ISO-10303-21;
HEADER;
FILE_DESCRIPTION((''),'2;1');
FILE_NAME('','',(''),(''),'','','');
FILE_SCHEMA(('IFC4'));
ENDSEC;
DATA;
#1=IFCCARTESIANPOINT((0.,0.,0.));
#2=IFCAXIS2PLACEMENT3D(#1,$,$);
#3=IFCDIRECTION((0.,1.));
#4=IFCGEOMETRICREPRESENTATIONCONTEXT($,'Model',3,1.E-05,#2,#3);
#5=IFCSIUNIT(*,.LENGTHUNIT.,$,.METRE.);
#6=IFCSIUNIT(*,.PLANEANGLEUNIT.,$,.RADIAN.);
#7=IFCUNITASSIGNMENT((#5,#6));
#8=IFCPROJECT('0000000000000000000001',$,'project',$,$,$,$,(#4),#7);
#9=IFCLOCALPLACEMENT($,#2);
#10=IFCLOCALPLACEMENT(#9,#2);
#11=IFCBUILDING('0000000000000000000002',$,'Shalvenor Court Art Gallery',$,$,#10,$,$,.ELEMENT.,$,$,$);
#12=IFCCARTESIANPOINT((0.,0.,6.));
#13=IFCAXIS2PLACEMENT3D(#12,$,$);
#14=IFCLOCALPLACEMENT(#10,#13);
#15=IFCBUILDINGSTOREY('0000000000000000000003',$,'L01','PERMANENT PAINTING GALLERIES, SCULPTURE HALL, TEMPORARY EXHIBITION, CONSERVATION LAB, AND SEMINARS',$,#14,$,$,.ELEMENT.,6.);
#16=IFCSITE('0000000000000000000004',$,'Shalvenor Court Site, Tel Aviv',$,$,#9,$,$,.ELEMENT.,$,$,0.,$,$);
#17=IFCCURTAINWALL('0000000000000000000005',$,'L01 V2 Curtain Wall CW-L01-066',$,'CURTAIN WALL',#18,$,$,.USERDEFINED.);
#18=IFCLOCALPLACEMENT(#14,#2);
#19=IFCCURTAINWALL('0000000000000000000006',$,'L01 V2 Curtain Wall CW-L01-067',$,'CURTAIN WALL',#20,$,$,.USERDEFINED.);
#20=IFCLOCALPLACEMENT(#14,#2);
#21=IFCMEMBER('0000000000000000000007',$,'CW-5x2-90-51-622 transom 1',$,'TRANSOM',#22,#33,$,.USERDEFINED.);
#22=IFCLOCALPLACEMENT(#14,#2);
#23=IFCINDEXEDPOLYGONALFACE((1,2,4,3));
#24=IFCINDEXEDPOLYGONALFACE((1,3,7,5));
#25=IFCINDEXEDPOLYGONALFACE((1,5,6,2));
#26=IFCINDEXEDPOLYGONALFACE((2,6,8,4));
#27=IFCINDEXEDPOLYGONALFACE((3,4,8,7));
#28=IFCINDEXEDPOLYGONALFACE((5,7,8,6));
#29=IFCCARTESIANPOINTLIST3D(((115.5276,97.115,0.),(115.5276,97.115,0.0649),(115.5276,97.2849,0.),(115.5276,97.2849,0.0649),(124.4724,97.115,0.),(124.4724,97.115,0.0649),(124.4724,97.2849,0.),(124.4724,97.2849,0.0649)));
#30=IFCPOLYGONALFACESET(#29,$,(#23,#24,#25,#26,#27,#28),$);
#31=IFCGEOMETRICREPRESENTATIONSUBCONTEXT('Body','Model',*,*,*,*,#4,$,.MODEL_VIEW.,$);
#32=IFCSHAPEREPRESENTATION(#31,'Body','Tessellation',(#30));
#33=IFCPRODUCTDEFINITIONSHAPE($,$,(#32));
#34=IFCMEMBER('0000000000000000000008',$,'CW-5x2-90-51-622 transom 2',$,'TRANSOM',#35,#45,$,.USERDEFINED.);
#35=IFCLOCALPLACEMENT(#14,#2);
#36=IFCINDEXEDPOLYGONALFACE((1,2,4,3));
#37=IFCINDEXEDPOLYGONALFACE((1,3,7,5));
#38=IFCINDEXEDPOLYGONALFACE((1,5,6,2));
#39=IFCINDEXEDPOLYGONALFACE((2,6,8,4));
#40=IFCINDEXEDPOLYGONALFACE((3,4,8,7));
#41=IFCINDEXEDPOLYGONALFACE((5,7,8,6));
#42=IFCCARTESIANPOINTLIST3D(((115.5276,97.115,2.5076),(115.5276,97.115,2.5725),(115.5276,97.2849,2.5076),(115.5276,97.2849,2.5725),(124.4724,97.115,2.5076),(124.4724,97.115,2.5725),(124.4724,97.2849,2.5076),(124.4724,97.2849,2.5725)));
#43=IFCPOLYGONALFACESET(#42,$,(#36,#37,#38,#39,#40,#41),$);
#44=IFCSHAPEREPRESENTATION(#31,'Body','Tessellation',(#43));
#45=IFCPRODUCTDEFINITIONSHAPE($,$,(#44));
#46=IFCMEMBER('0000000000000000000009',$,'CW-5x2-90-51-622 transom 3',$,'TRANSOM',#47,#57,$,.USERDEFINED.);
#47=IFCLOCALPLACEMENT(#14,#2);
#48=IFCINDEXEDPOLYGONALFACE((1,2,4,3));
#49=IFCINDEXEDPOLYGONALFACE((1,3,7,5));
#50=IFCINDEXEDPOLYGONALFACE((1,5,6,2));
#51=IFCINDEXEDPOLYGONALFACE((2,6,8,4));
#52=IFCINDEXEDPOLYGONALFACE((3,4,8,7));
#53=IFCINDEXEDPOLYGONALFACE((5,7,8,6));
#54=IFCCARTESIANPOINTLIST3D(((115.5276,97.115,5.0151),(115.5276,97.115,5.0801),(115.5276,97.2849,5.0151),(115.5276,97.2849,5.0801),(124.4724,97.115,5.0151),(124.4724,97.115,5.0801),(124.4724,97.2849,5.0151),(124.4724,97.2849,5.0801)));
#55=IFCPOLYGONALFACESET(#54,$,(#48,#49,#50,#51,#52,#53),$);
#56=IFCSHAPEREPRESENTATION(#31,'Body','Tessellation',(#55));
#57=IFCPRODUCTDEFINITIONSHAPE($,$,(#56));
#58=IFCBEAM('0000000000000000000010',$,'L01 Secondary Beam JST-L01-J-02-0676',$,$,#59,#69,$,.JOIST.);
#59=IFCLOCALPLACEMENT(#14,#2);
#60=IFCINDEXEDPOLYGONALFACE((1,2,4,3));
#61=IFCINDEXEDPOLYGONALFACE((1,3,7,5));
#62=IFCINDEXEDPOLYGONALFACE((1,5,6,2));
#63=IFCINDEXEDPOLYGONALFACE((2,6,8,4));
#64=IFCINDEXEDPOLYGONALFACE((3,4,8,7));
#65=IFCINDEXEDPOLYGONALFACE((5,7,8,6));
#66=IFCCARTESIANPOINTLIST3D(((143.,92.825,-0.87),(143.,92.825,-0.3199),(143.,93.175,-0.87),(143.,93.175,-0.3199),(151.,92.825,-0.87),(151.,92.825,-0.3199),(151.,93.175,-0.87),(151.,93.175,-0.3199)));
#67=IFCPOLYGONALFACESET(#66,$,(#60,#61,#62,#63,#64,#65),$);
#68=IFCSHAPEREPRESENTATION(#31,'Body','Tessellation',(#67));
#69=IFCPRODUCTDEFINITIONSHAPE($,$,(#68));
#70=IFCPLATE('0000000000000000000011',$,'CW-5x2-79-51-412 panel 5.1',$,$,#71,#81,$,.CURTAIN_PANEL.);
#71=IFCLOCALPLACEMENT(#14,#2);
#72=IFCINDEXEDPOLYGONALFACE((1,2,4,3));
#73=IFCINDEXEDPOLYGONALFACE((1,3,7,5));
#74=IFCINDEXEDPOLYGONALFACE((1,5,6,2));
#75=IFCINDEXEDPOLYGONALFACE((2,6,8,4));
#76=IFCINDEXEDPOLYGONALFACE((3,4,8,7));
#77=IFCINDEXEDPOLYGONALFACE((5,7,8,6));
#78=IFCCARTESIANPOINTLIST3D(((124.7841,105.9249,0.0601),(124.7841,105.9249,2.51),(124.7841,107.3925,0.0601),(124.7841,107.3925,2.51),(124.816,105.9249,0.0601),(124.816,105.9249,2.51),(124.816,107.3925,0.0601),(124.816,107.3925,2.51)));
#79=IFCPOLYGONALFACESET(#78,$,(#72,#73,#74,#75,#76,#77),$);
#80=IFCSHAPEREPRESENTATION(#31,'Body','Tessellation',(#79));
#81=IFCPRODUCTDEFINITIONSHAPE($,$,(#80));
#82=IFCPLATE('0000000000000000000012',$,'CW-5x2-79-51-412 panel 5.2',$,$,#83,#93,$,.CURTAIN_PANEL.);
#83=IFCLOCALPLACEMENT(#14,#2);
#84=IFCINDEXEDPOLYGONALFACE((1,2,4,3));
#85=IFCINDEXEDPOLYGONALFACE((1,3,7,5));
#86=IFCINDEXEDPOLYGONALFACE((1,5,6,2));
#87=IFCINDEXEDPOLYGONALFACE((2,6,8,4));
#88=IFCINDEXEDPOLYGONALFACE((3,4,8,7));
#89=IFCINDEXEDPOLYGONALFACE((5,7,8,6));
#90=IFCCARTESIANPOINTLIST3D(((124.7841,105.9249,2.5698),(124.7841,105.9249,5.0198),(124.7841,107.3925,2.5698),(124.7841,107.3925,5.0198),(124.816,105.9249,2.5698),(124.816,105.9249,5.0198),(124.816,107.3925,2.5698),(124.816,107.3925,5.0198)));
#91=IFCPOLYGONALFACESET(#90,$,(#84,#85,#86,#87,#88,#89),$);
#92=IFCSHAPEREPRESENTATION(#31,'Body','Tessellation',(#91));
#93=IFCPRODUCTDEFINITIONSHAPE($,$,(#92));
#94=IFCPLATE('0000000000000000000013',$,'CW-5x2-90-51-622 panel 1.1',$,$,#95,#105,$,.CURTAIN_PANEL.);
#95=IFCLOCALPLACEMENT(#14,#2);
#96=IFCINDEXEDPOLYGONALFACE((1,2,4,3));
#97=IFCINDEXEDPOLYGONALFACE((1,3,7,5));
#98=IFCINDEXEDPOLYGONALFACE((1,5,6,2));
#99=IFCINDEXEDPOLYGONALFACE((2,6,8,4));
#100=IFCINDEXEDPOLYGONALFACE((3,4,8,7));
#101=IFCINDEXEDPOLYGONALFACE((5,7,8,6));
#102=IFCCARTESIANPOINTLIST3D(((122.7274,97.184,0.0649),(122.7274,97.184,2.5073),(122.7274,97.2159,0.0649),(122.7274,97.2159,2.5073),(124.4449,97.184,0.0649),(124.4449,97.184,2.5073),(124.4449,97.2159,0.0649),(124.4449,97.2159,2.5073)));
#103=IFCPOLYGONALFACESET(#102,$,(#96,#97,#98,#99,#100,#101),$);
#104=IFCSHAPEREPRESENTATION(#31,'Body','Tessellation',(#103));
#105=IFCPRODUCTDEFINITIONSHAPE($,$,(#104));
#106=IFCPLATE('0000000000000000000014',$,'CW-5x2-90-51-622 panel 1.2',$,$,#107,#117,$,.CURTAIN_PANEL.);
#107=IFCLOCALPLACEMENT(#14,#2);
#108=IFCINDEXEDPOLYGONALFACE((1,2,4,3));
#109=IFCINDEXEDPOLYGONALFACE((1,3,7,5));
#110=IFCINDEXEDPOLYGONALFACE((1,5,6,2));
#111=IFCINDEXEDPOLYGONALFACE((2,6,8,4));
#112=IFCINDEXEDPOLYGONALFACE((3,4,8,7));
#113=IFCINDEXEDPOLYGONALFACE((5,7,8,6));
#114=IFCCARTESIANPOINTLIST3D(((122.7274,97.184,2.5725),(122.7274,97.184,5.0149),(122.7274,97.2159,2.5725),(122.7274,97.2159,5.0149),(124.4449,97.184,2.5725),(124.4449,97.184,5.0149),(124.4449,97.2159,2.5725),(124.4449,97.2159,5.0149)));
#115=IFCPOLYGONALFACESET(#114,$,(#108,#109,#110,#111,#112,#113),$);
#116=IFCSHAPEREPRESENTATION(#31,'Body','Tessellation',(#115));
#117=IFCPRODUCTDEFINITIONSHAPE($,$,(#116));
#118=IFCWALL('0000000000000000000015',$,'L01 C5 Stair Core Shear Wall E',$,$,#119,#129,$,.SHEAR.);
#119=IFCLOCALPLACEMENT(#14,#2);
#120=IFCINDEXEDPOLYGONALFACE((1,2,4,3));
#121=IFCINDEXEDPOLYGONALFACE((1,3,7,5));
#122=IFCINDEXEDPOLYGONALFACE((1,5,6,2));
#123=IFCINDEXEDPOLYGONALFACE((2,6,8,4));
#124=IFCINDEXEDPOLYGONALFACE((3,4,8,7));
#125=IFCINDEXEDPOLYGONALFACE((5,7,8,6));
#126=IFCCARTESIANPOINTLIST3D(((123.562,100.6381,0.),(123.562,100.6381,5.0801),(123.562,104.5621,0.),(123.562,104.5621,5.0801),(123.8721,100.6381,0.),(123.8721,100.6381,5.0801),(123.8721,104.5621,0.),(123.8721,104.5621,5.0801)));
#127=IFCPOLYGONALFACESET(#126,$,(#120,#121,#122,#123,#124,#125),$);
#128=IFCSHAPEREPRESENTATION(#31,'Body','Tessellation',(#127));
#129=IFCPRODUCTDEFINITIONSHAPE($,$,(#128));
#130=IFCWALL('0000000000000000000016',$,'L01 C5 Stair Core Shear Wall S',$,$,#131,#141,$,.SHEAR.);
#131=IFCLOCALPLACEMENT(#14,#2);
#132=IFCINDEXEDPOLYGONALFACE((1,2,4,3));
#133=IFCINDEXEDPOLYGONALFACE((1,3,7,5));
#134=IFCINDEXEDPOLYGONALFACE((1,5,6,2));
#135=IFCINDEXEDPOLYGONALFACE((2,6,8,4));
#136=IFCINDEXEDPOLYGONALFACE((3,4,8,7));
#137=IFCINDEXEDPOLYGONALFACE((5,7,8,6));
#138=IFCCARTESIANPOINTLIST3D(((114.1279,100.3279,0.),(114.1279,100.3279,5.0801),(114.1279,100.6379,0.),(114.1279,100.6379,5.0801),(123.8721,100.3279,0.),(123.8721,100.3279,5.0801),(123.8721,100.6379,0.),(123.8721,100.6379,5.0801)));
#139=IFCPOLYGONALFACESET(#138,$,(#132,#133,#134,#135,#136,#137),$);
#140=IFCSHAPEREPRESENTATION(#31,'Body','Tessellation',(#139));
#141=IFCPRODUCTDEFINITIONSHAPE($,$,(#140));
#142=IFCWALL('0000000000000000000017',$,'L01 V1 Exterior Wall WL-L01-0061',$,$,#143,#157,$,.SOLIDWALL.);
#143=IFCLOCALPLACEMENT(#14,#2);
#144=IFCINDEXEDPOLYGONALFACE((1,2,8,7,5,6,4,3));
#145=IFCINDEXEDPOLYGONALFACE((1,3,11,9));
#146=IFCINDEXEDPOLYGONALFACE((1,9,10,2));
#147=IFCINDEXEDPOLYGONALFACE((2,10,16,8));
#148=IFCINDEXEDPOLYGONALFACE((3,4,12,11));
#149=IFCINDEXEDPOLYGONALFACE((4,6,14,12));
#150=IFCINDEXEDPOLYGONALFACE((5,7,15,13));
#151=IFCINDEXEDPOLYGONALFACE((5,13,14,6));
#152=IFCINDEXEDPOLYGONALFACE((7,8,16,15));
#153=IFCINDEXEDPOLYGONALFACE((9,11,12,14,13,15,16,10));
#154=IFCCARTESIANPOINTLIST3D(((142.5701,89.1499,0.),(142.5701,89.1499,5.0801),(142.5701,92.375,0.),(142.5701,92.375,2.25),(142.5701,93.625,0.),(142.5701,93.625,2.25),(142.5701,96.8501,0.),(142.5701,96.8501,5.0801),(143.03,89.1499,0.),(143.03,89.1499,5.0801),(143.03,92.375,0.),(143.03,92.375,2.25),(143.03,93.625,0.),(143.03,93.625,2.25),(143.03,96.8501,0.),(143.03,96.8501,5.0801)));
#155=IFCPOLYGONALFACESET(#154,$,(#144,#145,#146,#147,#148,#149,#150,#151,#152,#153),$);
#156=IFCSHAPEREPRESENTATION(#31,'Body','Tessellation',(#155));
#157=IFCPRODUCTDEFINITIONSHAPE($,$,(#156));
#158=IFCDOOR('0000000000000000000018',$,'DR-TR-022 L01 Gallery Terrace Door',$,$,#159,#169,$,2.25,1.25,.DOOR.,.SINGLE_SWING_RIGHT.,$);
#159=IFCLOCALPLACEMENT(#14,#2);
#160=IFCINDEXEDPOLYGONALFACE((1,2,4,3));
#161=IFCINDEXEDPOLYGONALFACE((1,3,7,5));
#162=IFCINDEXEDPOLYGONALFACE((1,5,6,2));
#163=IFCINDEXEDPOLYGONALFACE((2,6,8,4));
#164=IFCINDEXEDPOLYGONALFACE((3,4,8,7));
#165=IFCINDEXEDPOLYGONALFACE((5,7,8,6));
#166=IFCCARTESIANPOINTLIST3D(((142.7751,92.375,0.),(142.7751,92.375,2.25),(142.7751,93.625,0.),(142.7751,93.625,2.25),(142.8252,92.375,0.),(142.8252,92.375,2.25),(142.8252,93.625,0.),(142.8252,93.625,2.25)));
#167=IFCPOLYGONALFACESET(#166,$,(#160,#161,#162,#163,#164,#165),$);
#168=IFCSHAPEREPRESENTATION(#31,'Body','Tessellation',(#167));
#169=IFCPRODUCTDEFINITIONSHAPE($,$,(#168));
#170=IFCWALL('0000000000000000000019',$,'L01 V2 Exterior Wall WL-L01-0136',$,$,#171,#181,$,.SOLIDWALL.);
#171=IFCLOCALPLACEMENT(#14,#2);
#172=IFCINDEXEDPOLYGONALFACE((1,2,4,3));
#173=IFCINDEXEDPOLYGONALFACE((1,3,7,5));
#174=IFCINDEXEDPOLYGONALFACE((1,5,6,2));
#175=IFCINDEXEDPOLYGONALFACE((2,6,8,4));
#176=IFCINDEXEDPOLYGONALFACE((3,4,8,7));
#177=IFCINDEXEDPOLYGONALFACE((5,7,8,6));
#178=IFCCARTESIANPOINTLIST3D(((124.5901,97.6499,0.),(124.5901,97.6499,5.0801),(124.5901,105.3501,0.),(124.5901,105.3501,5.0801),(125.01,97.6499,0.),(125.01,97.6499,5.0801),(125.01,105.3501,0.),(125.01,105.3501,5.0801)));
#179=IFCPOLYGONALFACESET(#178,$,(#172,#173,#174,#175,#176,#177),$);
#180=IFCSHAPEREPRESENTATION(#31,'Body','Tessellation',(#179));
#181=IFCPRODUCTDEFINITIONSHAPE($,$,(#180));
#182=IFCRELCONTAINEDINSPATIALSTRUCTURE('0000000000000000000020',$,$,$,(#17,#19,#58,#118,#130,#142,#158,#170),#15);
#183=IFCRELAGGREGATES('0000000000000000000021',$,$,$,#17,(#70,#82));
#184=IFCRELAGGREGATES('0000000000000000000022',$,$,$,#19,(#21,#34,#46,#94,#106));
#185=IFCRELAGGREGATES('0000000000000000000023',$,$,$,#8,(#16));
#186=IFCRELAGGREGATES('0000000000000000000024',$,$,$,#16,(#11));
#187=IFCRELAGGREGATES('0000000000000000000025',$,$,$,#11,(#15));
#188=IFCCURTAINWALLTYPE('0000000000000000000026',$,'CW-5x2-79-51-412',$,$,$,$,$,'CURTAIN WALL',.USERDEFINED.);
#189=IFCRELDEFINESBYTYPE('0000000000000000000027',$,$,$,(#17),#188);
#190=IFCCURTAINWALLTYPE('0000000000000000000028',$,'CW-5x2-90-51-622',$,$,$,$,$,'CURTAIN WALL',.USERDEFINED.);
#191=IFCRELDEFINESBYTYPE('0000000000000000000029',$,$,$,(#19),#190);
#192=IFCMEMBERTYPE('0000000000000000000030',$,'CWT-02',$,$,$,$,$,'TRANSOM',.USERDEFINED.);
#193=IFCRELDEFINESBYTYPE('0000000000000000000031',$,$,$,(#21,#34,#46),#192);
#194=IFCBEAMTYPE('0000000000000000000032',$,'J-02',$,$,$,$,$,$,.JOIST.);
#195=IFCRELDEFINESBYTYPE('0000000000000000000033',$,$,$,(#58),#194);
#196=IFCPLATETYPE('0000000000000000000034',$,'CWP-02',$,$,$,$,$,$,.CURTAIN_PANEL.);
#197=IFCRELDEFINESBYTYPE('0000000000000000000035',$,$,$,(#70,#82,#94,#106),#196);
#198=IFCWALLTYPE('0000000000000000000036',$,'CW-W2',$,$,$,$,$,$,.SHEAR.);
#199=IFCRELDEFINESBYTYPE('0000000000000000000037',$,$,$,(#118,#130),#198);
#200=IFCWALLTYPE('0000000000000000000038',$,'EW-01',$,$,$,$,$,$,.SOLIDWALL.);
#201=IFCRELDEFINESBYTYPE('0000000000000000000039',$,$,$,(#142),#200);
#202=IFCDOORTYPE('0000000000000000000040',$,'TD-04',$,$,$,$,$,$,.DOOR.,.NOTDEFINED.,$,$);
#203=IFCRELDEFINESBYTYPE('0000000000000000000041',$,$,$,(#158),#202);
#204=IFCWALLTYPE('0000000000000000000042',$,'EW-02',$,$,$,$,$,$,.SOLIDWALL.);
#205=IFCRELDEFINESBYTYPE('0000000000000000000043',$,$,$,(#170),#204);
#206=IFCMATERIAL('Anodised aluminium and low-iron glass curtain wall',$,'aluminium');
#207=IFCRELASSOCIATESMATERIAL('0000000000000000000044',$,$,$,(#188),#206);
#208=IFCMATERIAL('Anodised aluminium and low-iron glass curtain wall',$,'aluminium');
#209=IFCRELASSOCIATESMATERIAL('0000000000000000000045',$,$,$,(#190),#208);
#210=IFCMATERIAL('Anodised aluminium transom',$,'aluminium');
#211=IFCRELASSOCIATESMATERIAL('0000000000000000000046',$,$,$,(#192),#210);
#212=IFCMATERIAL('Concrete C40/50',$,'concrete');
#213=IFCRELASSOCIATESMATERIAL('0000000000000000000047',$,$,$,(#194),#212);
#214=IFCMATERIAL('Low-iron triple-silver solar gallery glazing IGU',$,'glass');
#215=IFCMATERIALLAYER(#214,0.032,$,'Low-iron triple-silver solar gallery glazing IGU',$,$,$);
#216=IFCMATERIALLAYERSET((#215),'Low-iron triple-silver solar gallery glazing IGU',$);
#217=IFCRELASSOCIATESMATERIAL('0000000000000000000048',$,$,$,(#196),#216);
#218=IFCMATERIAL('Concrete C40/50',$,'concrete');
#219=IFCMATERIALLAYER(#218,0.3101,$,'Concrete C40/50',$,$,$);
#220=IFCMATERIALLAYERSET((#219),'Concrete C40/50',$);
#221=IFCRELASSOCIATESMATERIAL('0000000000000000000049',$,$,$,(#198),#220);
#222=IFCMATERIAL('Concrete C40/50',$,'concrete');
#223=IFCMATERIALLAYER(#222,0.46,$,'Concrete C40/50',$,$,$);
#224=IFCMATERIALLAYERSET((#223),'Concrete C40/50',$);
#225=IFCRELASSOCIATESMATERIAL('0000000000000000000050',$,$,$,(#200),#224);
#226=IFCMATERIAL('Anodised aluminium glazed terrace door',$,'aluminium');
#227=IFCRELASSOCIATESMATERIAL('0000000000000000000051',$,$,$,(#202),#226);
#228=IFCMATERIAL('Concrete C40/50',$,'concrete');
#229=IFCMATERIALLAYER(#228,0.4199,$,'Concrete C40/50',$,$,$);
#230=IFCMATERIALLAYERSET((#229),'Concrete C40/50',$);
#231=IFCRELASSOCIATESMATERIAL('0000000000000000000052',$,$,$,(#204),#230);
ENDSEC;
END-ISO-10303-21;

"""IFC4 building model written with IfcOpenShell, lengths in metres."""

from ifc_helpers import new_model, si_unit, direction, frame, frame_2d, origin, origin_2d, place, context, subcontext, project, spatial, rectangle, extrude, material, layer, layer_set, material_profile, profile_set, type_object, element, fill, aggregate, save


model = new_model("IFC4")

# Units and contexts
model_context = context("Model", 3, precision=1e-05, world=origin(), true_north=direction((0.0, 1.0)))
body_context = subcontext(model_context, "Body", "Model", "MODEL_VIEW")
ifc_project = project(units=[si_unit("LENGTHUNIT", "METRE"), si_unit("PLANEANGLEUNIT", "RADIAN")], contexts=[model_context])

# Site, building, storey
site_placement = place(None, origin())
site = spatial("IfcSite", under=ifc_project, at=site_placement, Name="Shalvenor Court Site, Tel Aviv", CompositionType="ELEMENT", RefElevation=0.0)
building_placement = place(site_placement, origin())
building = spatial("IfcBuilding", under=site, at=building_placement, Name="Shalvenor Court Art Gallery", CompositionType="ELEMENT")
storey_placement = place(building_placement, frame((0.0, 0.0, 6.0)))
storey = spatial("IfcBuildingStorey", under=building, at=storey_placement, Name="L01", Description="PERMANENT PAINTING GALLERIES, SCULPTURE HALL, TEMPORARY EXHIBITION, CONSERVATION LAB, AND SEMINARS", CompositionType="ELEMENT", Elevation=6.0)

# Curtain wall
ifc_material_1 = material(Name="Anodised aluminium and low-iron glass curtain wall", Category="aluminium")
curtain_wall_type_1 = type_object("IfcCurtainWallType", Name="CW-5x2-79-51-412", ElementType="CURTAIN WALL", PredefinedType="USERDEFINED", material=ifc_material_1)
curtain_wall_1_placement = place(storey_placement, origin())
curtain_wall_1 = element("IfcCurtainWall", 1, at=curtain_wall_1_placement, inside=storey, type_object=curtain_wall_type_1, Name="L01 V2 Curtain Wall CW-L01-066", ObjectType="CURTAIN WALL", PredefinedType="USERDEFINED")

# Curtain wall
ifc_material_2 = material(Name="Anodised aluminium and low-iron glass curtain wall", Category="aluminium")
curtain_wall_type_2 = type_object("IfcCurtainWallType", Name="CW-5x2-90-51-622", ElementType="CURTAIN WALL", PredefinedType="USERDEFINED", material=ifc_material_2)
curtain_wall_2_placement = place(storey_placement, origin())
curtain_wall_2 = element("IfcCurtainWall", 2, at=curtain_wall_2_placement, inside=storey, type_object=curtain_wall_type_2, Name="L01 V2 Curtain Wall CW-L01-067", ObjectType="CURTAIN WALL", PredefinedType="USERDEFINED")

# Members
ifc_material_3 = material(Name="Anodised aluminium transom", Category="aluminium")
ifc_material_profile_1 = material_profile(ifc_material_3, rectangle(XDim=0.1699, YDim=0.0649, at=origin_2d()), Name="CWT-02")
ifc_profile_set_1 = profile_set([ifc_material_profile_1], Name="Anodised aluminium transom")
member_type_1 = type_object("IfcMemberType", Name="CWT-02", ElementType="TRANSOM", PredefinedType="USERDEFINED", material=ifc_profile_set_1)
member_1_placement = place(storey_placement, frame((124.4724, 97.2, 0.0325), z_axis=(-1.0, 0.0, 0.0), x_axis=(0.0, -1.0, 0.0)))
member_1 = element("IfcMember", 3, at=member_1_placement, type_object=member_type_1, Name="CW-5x2-90-51-622 transom 1", ObjectType="TRANSOM", PredefinedType="USERDEFINED", context=body_context, shape_type="SweptSolid", body=[
    extrude(rectangle(XDim=0.1699, YDim=0.0649, at=origin_2d()), origin(), (0.0, 0.0, 1.0), 8.9448),
])
member_2_placement = place(storey_placement, frame((124.4724, 97.2, 2.54), z_axis=(-1.0, 0.0, 0.0), x_axis=(0.0, -1.0, 0.0)))
member_2 = element("IfcMember", 4, at=member_2_placement, type_object=member_type_1, Name="CW-5x2-90-51-622 transom 2", ObjectType="TRANSOM", PredefinedType="USERDEFINED", context=body_context, shape_type="SweptSolid", body=[
    extrude(rectangle(XDim=0.1699, YDim=0.0649, at=origin_2d()), origin(), (0.0, 0.0, 1.0), 8.9448),
])
member_3_placement = place(storey_placement, frame((124.4724, 97.2, 5.0476), z_axis=(-1.0, 0.0, 0.0), x_axis=(0.0, -1.0, 0.0)))
member_3 = element("IfcMember", 5, at=member_3_placement, type_object=member_type_1, Name="CW-5x2-90-51-622 transom 3", ObjectType="TRANSOM", PredefinedType="USERDEFINED", context=body_context, shape_type="SweptSolid", body=[
    extrude(rectangle(XDim=0.1699, YDim=0.0649, at=origin_2d()), origin(), (0.0, 0.0, 1.0), 8.9448),
])

# Beam
ifc_material_4 = material(Name="Concrete C40/50", Category="concrete")
ifc_material_profile_2 = material_profile(ifc_material_4, rectangle(XDim=0.3501, YDim=0.55, at=origin_2d()), Name="RC 350x550")
ifc_profile_set_2 = profile_set([ifc_material_profile_2], Name="Concrete C40/50")
beam_type_1 = type_object("IfcBeamType", Name="J-02", PredefinedType="JOIST", material=ifc_profile_set_2)
beam_1_placement = place(storey_placement, frame((143.0, 93.0, -0.595), z_axis=(1.0, 0.0, 0.0), x_axis=(0.0, 1.0, 0.0)))
element("IfcBeam", 6, at=beam_1_placement, inside=storey, type_object=beam_type_1, Name="L01 Secondary Beam JST-L01-J-02-0676", PredefinedType="JOIST", context=body_context, shape_type="SweptSolid", body=[
    extrude(rectangle(XDim=0.3501, YDim=0.55, at=origin_2d()), origin(), (0.0, 0.0, 1.0), 8.0),
])

# Plates
ifc_material_5 = material(Name="Low-iron triple-silver solar gallery glazing IGU", Category="glass")
ifc_layer_1 = layer(ifc_material_5, 0.032, Name="Low-iron triple-silver solar gallery glazing IGU")
ifc_layer_set_1 = layer_set([ifc_layer_1], Name="Low-iron triple-silver solar gallery glazing IGU")
plate_type = type_object("IfcPlateType", Name="CWP-02", PredefinedType="CURTAIN_PANEL", material=ifc_layer_set_1)
plate_1_placement = place(storey_placement, frame((124.8, 106.6587, 0.0601), z_axis=(0.0, 0.0, 1.0), x_axis=(0.0, -1.0, 0.0)))
plate_1 = element("IfcPlate", 7, at=plate_1_placement, type_object=plate_type, Name="CW-5x2-79-51-412 panel 5.1", PredefinedType="CURTAIN_PANEL", context=body_context, shape_type="SweptSolid", body=[
    extrude(rectangle(XDim=1.4675, YDim=0.032, at=origin_2d()), origin(), (0.0, 0.0, 1.0), 2.45),
])
plate_2_placement = place(storey_placement, frame((124.8, 106.6587, 2.5698), z_axis=(0.0, 0.0, 1.0), x_axis=(0.0, -1.0, 0.0)))
plate_2 = element("IfcPlate", 8, at=plate_2_placement, type_object=plate_type, Name="CW-5x2-79-51-412 panel 5.2", PredefinedType="CURTAIN_PANEL", context=body_context, shape_type="SweptSolid", body=[
    extrude(rectangle(XDim=1.4675, YDim=0.032, at=origin_2d()), origin(), (0.0, 0.0, 1.0), 2.45),
])
aggregate(curtain_wall_1, [plate_1, plate_2])
plate_3_placement = place(storey_placement, frame((123.5862, 97.2, 0.0649), z_axis=(0.0, 0.0, 1.0), x_axis=(-1.0, 0.0, 0.0)))
plate_3 = element("IfcPlate", 9, at=plate_3_placement, type_object=plate_type, Name="CW-5x2-90-51-622 panel 1.1", PredefinedType="CURTAIN_PANEL", context=body_context, shape_type="SweptSolid", body=[
    extrude(rectangle(XDim=1.7175, YDim=0.032, at=origin_2d()), origin(), (0.0, 0.0, 1.0), 2.4424),
])
plate_4_placement = place(storey_placement, frame((123.5862, 97.2, 2.5725), z_axis=(0.0, 0.0, 1.0), x_axis=(-1.0, 0.0, 0.0)))
plate_4 = element("IfcPlate", 10, at=plate_4_placement, type_object=plate_type, Name="CW-5x2-90-51-622 panel 1.2", PredefinedType="CURTAIN_PANEL", context=body_context, shape_type="SweptSolid", body=[
    extrude(rectangle(XDim=1.7175, YDim=0.032, at=origin_2d()), origin(), (0.0, 0.0, 1.0), 2.4424),
])
aggregate(curtain_wall_2, [member_1, member_2, member_3, plate_3, plate_4])

# Walls
ifc_material_6 = material(Name="Concrete C40/50", Category="concrete")
ifc_layer_2 = layer(ifc_material_6, 0.3101, Name="Concrete C40/50")
ifc_layer_set_2 = layer_set([ifc_layer_2], Name="Concrete C40/50")
wall_type_1 = type_object("IfcWallType", Name="CW-W2", PredefinedType="SHEAR", material=ifc_layer_set_2)
wall_1_placement = place(storey_placement, frame((123.717, 104.562, 0.0), z_axis=(0.0, 0.0, 1.0), x_axis=(0.0, -1.0, 0.0)))
element("IfcWall", 11, at=wall_1_placement, inside=storey, type_object=wall_type_1, Name="L01 C5 Stair Core Shear Wall E", PredefinedType="SHEAR", context=body_context, shape_type="SweptSolid", body=[
    extrude(rectangle(XDim=3.9241, YDim=0.3101, at=frame_2d((1.9619, 0.0))), origin(), (0.0, 0.0, 1.0), 5.0801),
])
wall_2_placement = place(storey_placement, frame((123.8721, 100.4829, 0.0), z_axis=(0.0, 0.0, 1.0), x_axis=(-1.0, 0.0, 0.0)))
element("IfcWall", 12, at=wall_2_placement, inside=storey, type_object=wall_type_1, Name="L01 C5 Stair Core Shear Wall S", PredefinedType="SHEAR", context=body_context, shape_type="SweptSolid", body=[
    extrude(rectangle(XDim=9.7441, YDim=0.3101, at=frame_2d((4.8721, 0.0))), origin(), (0.0, 0.0, 1.0), 5.0801),
])

# Wall, opening, door
ifc_material_7 = material(Name="Concrete C40/50", Category="concrete")
ifc_layer_3 = layer(ifc_material_7, 0.46, Name="Concrete C40/50")
ifc_layer_set_3 = layer_set([ifc_layer_3], Name="Concrete C40/50")
wall_type_2 = type_object("IfcWallType", Name="EW-01", PredefinedType="SOLIDWALL", material=ifc_layer_set_3)
wall_3_placement = place(storey_placement, frame((142.8, 89.1499, 0.0), z_axis=(0.0, 0.0, 1.0), x_axis=(0.0, 1.0, 0.0)))
wall_3 = element("IfcWall", 13, at=wall_3_placement, inside=storey, type_object=wall_type_2, Name="L01 V1 Exterior Wall WL-L01-0061", PredefinedType="SOLIDWALL", context=body_context, shape_type="SweptSolid", body=[
    extrude(rectangle(XDim=7.7002, YDim=0.46, at=frame_2d((3.8501, 0.0))), origin(), (0.0, 0.0, 1.0), 5.0801),
])
opening_placement = place(wall_3_placement, frame((3.2251, 0.0, 0.0)))
opening = element("IfcOpeningElement", 14, at=opening_placement, cuts=wall_3, PredefinedType="OPENING", context=body_context, shape_type="SweptSolid", body=[
    extrude(rectangle(XDim=1.25, YDim=2.25, at=frame_2d((0.625, 1.125))), frame((0.0, 0.24, 0.0), z_axis=(0.0, -1.0, 0.0), x_axis=(1.0, 0.0, 0.0)), (0.0, 0.0, 1.0), 0.48),
])
ifc_material_8 = material(Name="Anodised aluminium glazed terrace door", Category="aluminium")
door_type = type_object("IfcDoorType", Name="TD-04", OperationType="NOTDEFINED", PredefinedType="DOOR", material=ifc_material_8)
door_placement = place(opening_placement, origin())
door = element("IfcDoor", 15, at=door_placement, inside=storey, type_object=door_type, Name="DR-TR-022 L01 Gallery Terrace Door", OperationType="SINGLE_SWING_RIGHT", OverallHeight=2.25, OverallWidth=1.25, PredefinedType="DOOR", context=body_context, shape_type="SweptSolid", body=[
    extrude(rectangle(XDim=1.25, YDim=2.25, at=frame_2d((0.625, 1.125))), frame((0.0, 0.0249, 0.0), z_axis=(0.0, -1.0, 0.0), x_axis=(1.0, 0.0, 0.0)), (0.0, 0.0, 1.0), 0.05),
])
fill(opening, door)

# Wall
ifc_material_9 = material(Name="Concrete C40/50", Category="concrete")
ifc_layer_4 = layer(ifc_material_9, 0.4199, Name="Concrete C40/50")
ifc_layer_set_4 = layer_set([ifc_layer_4], Name="Concrete C40/50")
wall_type_3 = type_object("IfcWallType", Name="EW-02", PredefinedType="SOLIDWALL", material=ifc_layer_set_4)
wall_4_placement = place(storey_placement, frame((124.8, 105.3501, 0.0), z_axis=(0.0, 0.0, 1.0), x_axis=(0.0, -1.0, 0.0)))
element("IfcWall", 16, at=wall_4_placement, inside=storey, type_object=wall_type_3, Name="L01 V2 Exterior Wall WL-L01-0136", PredefinedType="SOLIDWALL", context=body_context, shape_type="SweptSolid", body=[
    extrude(rectangle(XDim=7.7002, YDim=0.4199, at=frame_2d((3.8501, 0.0))), origin(), (0.0, 0.0, 1.0), 5.0801),
])

save(model, "model.ifc")
